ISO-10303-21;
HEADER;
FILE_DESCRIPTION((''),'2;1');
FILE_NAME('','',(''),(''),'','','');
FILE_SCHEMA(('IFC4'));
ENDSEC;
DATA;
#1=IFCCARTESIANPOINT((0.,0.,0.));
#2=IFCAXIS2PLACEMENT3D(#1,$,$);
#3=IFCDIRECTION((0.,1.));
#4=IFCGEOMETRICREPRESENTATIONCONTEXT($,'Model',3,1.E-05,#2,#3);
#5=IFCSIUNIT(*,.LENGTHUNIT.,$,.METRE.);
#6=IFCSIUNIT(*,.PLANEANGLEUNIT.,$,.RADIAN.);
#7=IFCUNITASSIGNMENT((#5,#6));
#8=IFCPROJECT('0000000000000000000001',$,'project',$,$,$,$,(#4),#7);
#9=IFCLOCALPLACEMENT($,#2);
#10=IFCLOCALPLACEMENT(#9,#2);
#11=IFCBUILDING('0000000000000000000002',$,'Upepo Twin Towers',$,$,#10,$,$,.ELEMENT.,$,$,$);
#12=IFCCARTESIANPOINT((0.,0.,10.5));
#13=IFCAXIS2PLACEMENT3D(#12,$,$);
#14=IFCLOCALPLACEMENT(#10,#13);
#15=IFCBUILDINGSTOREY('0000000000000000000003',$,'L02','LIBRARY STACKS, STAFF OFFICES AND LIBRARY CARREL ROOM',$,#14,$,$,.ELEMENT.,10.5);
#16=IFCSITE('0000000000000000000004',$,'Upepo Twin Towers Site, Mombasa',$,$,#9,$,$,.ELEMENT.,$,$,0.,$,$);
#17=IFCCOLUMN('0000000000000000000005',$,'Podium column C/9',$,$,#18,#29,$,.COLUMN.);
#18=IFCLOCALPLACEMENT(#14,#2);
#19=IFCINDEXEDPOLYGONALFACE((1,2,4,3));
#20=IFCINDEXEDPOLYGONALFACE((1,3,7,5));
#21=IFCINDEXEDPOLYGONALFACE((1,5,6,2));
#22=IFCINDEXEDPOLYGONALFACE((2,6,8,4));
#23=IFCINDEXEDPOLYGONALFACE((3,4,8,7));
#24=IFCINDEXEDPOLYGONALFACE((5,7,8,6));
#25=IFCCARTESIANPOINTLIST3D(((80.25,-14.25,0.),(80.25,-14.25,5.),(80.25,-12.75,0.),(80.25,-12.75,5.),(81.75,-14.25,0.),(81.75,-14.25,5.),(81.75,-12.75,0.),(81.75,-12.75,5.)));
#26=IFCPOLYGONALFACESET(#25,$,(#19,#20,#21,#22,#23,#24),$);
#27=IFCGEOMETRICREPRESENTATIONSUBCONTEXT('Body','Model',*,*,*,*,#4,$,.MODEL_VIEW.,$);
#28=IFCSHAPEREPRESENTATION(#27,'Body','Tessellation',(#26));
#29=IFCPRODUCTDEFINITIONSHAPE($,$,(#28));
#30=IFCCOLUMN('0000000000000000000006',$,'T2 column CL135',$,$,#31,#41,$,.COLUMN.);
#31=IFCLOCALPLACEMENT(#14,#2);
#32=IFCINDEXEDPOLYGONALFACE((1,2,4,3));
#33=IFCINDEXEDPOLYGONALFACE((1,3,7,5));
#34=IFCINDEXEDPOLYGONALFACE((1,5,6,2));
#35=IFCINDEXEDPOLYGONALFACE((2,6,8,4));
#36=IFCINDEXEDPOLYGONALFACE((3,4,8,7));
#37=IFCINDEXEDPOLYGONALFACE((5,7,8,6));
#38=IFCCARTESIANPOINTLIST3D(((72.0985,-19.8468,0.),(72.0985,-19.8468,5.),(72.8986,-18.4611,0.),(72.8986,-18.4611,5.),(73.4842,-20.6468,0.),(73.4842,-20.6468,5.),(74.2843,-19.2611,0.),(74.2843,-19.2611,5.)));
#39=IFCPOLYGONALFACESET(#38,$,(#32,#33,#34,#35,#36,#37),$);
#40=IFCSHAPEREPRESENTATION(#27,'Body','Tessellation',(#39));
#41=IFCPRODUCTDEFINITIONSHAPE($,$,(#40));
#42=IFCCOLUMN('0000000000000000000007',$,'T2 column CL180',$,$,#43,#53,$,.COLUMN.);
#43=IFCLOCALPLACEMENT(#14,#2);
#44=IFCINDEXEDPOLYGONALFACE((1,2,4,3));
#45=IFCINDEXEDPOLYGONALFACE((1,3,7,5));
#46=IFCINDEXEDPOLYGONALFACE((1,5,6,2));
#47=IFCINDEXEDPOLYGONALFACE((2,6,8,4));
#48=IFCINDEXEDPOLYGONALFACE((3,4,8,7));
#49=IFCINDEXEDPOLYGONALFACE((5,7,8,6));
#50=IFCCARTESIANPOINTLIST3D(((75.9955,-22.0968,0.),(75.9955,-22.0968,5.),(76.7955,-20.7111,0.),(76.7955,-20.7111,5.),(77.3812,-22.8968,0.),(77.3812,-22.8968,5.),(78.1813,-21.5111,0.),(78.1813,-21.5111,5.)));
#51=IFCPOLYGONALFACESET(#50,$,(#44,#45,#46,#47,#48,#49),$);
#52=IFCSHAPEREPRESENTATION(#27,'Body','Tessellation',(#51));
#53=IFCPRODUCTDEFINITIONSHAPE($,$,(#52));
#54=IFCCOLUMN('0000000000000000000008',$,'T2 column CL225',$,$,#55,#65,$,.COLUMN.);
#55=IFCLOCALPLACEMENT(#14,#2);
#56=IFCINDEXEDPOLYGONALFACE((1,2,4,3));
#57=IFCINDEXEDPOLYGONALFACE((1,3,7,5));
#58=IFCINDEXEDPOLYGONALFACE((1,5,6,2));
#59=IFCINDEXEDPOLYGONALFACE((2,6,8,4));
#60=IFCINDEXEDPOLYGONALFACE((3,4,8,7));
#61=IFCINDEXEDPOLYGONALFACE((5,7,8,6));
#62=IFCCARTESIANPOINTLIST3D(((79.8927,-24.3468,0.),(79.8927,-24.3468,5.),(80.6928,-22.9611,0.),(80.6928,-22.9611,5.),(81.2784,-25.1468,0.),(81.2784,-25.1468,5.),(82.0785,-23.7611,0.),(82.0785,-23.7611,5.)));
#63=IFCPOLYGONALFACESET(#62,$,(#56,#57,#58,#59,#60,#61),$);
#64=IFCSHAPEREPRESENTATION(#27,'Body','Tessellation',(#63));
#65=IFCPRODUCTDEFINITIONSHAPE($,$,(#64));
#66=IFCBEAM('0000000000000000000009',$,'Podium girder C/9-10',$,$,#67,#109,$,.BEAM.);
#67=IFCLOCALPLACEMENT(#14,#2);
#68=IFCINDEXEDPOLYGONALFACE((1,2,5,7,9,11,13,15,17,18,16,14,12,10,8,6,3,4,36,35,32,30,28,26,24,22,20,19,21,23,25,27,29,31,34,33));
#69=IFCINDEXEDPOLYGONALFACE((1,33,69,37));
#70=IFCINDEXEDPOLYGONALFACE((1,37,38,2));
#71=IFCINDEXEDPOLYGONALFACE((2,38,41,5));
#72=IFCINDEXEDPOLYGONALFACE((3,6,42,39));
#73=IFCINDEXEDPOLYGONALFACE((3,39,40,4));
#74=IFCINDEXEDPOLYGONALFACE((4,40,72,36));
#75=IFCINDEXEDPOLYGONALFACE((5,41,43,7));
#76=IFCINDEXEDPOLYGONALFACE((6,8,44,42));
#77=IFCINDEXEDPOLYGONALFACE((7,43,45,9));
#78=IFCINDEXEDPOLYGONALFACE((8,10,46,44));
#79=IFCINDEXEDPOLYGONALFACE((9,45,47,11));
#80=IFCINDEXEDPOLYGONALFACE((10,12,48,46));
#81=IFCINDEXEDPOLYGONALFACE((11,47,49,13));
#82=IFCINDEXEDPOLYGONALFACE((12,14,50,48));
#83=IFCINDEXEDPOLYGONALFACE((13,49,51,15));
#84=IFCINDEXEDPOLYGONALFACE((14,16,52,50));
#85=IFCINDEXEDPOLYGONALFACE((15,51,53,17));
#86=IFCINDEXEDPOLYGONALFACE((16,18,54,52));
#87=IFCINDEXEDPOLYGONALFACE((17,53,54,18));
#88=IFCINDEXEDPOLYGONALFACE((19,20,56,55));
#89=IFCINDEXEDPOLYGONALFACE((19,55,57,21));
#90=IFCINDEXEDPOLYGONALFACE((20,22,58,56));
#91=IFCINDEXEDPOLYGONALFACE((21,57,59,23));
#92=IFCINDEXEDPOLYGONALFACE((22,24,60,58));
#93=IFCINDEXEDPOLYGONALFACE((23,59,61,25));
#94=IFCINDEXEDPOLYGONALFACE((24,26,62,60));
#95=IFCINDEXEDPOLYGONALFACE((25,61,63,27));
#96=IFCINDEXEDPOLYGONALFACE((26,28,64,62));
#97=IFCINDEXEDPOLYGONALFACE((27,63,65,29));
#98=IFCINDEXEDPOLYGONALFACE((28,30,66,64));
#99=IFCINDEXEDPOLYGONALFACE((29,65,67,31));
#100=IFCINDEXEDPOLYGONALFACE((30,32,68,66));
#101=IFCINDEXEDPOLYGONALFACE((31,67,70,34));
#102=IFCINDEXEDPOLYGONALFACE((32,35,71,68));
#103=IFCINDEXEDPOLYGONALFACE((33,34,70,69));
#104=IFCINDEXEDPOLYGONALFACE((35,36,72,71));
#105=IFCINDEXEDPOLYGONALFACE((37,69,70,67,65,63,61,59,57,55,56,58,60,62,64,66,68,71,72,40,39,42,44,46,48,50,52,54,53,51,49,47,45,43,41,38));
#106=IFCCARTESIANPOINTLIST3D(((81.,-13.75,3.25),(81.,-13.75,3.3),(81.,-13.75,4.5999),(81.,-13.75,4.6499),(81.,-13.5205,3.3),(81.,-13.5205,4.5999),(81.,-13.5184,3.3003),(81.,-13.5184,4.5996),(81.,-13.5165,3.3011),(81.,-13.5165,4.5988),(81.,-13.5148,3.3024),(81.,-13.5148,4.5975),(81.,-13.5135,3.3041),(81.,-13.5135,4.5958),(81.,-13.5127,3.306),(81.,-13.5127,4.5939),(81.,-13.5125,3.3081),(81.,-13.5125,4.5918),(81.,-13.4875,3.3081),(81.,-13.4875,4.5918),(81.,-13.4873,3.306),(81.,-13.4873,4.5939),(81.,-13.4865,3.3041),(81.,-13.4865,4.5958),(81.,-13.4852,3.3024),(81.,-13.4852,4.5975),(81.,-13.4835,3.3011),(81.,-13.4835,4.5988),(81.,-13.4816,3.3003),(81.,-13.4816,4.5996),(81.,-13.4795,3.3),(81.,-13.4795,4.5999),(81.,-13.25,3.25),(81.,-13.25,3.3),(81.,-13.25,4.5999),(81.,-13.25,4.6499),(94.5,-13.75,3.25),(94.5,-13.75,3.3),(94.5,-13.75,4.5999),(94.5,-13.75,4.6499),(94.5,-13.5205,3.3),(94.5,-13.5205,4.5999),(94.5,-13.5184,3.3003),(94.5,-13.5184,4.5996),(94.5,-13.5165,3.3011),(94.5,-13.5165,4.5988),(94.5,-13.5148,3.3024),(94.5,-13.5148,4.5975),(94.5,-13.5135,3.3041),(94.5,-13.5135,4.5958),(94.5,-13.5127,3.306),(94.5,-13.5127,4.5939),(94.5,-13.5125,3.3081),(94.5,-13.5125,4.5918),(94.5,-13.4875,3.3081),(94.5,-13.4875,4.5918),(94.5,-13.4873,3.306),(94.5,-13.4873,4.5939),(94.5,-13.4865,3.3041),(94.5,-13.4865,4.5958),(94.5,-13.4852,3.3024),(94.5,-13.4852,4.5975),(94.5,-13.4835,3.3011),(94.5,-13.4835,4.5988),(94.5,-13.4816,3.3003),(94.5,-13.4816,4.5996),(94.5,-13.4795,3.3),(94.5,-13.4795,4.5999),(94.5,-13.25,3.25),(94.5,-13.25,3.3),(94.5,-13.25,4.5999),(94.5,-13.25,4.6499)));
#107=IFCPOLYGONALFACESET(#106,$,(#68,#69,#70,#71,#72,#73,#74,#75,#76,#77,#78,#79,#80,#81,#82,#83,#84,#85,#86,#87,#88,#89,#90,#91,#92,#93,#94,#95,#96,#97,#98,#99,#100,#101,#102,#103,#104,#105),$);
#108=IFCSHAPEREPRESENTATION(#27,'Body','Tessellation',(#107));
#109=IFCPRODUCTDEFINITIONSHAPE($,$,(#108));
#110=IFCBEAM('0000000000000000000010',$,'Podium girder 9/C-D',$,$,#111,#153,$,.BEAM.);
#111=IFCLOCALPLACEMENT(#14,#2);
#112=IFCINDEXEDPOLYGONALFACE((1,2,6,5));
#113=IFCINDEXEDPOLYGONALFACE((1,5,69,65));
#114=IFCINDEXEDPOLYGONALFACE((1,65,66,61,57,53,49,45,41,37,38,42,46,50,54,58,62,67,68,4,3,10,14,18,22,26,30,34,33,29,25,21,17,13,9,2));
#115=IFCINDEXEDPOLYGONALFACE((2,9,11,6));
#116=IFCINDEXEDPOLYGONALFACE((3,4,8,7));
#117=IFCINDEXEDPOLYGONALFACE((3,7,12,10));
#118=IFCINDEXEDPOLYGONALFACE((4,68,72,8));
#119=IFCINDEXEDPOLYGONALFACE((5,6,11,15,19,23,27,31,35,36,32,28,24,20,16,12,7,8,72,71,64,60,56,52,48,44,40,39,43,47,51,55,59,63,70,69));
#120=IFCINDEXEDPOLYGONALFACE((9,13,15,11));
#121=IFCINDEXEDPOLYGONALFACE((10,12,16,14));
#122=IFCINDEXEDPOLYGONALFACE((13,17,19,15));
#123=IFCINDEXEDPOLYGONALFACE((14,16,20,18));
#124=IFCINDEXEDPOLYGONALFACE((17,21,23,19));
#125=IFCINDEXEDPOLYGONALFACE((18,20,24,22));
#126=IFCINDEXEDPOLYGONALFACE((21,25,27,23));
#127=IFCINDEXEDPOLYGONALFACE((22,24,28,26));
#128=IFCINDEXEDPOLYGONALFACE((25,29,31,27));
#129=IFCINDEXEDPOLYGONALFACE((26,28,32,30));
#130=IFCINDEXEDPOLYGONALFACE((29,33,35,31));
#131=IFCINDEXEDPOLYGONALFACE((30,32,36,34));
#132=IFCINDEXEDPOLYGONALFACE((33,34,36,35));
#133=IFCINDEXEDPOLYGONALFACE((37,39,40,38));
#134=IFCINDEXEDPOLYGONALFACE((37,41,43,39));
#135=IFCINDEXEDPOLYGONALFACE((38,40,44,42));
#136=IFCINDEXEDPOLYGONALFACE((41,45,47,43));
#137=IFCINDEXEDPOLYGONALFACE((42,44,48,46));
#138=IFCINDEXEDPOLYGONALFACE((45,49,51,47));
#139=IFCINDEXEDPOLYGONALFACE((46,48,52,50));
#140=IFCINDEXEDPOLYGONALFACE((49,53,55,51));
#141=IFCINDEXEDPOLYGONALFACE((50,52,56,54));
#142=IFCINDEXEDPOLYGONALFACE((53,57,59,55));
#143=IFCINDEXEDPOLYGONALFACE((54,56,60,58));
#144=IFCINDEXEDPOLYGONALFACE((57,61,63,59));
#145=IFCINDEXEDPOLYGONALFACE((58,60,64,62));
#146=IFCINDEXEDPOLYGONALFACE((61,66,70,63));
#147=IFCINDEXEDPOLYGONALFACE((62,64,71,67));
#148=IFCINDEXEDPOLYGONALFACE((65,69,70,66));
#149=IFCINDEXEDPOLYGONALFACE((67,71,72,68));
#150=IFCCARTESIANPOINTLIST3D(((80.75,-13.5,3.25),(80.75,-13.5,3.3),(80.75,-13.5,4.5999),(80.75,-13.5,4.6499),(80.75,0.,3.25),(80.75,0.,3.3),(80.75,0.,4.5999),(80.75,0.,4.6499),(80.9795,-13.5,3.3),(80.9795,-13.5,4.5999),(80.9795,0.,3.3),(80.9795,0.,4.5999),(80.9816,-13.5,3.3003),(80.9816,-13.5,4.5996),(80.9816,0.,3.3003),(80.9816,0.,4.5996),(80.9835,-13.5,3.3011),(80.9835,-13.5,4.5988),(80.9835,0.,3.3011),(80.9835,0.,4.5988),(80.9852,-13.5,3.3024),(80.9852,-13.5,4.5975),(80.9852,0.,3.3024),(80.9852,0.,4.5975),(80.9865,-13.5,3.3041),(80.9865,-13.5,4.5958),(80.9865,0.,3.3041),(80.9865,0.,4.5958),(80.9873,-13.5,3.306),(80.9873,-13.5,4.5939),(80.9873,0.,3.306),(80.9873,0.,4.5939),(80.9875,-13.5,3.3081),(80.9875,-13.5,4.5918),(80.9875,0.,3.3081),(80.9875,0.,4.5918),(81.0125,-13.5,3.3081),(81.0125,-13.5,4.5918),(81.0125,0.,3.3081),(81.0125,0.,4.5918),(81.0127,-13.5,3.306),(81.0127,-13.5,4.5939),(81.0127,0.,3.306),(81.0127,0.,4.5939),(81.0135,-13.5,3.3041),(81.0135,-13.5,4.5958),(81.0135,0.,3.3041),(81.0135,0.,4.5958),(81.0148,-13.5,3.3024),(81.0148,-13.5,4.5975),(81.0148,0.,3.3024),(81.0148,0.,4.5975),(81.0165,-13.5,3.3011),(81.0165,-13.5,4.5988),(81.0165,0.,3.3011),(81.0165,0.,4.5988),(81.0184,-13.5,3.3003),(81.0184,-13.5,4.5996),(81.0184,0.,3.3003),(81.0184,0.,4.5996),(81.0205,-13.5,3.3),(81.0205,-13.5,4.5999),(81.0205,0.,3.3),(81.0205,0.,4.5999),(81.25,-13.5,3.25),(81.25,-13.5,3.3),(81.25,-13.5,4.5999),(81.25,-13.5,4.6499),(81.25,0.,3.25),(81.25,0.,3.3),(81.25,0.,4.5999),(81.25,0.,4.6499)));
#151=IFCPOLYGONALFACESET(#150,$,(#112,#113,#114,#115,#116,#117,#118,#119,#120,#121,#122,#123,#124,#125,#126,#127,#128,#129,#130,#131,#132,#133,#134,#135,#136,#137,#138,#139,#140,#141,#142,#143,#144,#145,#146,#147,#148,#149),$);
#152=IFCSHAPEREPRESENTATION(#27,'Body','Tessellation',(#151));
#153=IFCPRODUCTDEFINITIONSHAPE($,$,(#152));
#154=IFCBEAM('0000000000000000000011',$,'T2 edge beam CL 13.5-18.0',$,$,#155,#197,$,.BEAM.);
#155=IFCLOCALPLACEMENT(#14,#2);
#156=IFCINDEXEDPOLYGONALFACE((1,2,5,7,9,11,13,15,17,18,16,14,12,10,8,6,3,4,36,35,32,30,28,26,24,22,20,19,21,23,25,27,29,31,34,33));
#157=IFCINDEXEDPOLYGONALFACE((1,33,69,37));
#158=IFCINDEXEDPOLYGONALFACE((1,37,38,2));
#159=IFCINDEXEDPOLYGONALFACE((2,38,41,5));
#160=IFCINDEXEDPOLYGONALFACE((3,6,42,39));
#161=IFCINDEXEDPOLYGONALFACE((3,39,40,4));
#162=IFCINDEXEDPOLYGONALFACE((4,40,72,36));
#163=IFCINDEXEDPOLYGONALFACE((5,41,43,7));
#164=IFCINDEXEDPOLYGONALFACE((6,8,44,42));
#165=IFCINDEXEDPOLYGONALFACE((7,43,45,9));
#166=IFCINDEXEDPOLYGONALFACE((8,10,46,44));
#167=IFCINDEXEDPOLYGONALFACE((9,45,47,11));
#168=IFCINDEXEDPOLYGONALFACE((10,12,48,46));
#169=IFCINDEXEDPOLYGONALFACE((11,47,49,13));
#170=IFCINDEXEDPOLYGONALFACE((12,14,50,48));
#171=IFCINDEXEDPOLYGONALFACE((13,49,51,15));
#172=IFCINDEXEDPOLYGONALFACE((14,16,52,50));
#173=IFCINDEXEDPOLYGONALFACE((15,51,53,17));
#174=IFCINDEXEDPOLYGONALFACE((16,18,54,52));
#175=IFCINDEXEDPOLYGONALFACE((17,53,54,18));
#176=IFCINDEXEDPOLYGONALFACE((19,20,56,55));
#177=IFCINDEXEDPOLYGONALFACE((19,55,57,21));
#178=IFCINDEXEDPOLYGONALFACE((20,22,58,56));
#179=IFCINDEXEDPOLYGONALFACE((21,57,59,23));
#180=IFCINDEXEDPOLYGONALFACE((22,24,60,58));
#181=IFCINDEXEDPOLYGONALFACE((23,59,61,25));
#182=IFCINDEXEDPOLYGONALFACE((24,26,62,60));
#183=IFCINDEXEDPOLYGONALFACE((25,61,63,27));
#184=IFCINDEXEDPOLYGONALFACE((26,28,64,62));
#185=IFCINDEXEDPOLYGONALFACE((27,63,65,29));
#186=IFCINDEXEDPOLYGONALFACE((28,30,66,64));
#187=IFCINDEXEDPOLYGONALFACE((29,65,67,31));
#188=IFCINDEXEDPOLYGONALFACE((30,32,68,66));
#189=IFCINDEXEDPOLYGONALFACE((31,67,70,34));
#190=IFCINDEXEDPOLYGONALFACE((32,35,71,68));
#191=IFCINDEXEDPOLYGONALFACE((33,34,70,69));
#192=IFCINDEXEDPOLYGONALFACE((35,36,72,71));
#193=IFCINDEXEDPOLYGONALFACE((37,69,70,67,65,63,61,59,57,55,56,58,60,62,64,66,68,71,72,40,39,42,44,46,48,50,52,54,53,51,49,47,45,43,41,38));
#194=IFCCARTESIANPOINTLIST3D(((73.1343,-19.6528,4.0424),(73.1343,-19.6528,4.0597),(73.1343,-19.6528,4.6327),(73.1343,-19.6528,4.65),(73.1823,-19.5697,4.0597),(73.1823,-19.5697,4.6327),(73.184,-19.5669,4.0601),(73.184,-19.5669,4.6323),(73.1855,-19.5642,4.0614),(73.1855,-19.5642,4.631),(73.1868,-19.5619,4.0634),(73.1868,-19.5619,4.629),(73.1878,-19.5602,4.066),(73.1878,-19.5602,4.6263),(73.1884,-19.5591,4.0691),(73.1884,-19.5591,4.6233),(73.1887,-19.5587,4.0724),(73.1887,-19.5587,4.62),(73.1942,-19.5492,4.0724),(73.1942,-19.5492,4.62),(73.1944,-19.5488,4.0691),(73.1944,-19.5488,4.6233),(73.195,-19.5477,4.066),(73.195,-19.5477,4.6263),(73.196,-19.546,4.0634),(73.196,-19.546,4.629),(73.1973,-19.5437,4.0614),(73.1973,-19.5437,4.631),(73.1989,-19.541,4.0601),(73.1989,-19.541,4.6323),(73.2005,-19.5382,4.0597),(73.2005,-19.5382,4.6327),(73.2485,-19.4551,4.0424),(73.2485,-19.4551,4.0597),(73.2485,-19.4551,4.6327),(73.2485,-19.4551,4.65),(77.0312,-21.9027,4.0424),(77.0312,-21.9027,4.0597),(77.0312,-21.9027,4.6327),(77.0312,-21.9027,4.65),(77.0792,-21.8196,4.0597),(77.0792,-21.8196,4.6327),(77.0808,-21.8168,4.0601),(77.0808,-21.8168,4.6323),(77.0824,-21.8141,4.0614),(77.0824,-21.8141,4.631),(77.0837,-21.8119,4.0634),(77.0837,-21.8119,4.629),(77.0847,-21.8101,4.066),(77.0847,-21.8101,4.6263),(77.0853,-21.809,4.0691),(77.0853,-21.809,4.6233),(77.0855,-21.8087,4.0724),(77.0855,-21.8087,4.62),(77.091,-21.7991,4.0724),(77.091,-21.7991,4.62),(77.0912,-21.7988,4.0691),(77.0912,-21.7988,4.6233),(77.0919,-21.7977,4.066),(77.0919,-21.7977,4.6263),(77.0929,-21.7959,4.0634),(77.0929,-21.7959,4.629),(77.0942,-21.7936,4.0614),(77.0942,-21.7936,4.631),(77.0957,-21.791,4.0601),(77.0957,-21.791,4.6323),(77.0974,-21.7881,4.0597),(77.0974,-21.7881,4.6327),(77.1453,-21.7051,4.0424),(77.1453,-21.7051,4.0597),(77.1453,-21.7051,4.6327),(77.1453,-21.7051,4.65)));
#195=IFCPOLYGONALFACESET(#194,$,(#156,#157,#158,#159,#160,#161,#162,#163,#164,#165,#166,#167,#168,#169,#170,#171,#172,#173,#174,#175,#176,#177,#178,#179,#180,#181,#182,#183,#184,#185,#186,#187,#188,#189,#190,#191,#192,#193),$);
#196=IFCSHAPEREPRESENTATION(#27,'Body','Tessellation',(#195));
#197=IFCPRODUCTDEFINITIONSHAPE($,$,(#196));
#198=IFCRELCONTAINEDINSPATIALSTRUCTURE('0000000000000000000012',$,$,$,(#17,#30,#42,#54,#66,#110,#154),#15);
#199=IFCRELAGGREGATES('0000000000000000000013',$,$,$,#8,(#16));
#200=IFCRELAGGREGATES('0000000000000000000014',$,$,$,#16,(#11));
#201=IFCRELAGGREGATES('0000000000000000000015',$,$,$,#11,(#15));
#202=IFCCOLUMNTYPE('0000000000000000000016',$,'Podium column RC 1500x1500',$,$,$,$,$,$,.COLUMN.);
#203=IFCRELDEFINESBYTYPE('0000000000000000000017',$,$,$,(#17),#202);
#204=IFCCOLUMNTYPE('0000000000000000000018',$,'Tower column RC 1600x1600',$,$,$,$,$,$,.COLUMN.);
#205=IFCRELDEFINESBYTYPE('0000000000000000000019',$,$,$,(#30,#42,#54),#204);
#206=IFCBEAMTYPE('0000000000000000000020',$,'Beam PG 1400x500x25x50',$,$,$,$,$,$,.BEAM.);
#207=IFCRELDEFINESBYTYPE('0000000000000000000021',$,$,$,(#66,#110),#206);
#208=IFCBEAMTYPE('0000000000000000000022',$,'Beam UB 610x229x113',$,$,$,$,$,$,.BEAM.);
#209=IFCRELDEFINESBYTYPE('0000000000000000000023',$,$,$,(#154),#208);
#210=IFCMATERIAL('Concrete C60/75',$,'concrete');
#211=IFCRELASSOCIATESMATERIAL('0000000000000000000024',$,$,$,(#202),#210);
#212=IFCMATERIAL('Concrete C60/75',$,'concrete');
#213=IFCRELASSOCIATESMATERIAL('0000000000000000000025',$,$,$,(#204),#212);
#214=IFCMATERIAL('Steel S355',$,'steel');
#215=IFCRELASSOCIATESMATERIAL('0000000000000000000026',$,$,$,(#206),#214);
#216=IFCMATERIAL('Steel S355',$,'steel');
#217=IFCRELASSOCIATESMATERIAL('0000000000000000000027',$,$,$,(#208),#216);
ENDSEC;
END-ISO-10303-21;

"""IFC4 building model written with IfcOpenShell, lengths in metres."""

from ifc_helpers import new_model, si_unit, direction, frame, origin, origin_2d, place, context, subcontext, project, spatial, rectangle, i_section, extrude, material, material_profile, profile_set, type_object, element, save


model = new_model("IFC4")

# Units and contexts
model_context = context("Model", 3, precision=1e-05, world=origin(), true_north=direction((0.0, 1.0)))
body_context = subcontext(model_context, "Body", "Model", "MODEL_VIEW")
ifc_project = project(units=[si_unit("LENGTHUNIT", "METRE"), si_unit("PLANEANGLEUNIT", "RADIAN")], contexts=[model_context])

# Site, building, storey
site_placement = place(None, origin())
site = spatial("IfcSite", under=ifc_project, at=site_placement, Name="Upepo Twin Towers Site, Mombasa", CompositionType="ELEMENT", RefElevation=0.0)
building_placement = place(site_placement, origin())
building = spatial("IfcBuilding", under=site, at=building_placement, Name="Upepo Twin Towers", CompositionType="ELEMENT")
storey_placement = place(building_placement, frame((0.0, 0.0, 10.5)))
storey = spatial("IfcBuildingStorey", under=building, at=storey_placement, Name="L02", Description="LIBRARY STACKS, STAFF OFFICES AND LIBRARY CARREL ROOM", CompositionType="ELEMENT", Elevation=10.5)

# Columns
ifc_material_1 = material(Name="Concrete C60/75", Category="concrete")
ifc_material_profile_1 = material_profile(ifc_material_1, rectangle(XDim=1.5, YDim=1.5, at=origin_2d()), Name="RC 1500x1500")
ifc_profile_set_1 = profile_set([ifc_material_profile_1], Name="Concrete C60/75")
column_type_1 = type_object("IfcColumnType", Name="Podium column RC 1500x1500", PredefinedType="COLUMN", material=ifc_profile_set_1)
column_placement = place(storey_placement, frame((81.0, -13.5, 0.0), z_axis=(0.0, 0.0, 1.0), x_axis=(1.0, 0.0, 0.0)))
element("IfcColumn", 1, at=column_placement, inside=storey, type_object=column_type_1, Name="Podium column C/9", PredefinedType="COLUMN", context=body_context, shape_type="SweptSolid", body=[
    extrude(rectangle(XDim=1.5, YDim=1.5, at=origin_2d()), origin(), (0.0, 0.0, 1.0), 5.0),
])
ifc_material_2 = material(Name="Concrete C60/75", Category="concrete")
ifc_material_profile_2 = material_profile(ifc_material_2, rectangle(XDim=1.6001, YDim=1.6001, at=origin_2d()), Name="RC 1600x1600")
ifc_profile_set_2 = profile_set([ifc_material_profile_2], Name="Concrete C60/75")
column_type_2 = type_object("IfcColumnType", Name="Tower column RC 1600x1600", PredefinedType="COLUMN", material=ifc_profile_set_2)
for number, where, z_axis, x_axis, name in (
    (2, (73.1914, -19.554, 0.0), (0.0, 0.0, 1.0), (0.5, 0.866025, 0.0), "T2 column CL135"),
    (3, (77.0884, -21.804, 0.0), (0.0, 0.0, 1.0), (0.5, 0.866025, 0.0), "T2 column CL180"),
    (4, (80.9856, -24.054, 0.0), (0.0, 0.0, 1.0), (0.5, 0.866025, 0.0), "T2 column CL225"),
):
    element("IfcColumn", number, at=place(storey_placement, frame(where, z_axis=z_axis, x_axis=x_axis)), inside=storey, type_object=column_type_2, Name=name, PredefinedType="COLUMN", context=body_context, shape_type="SweptSolid", body=[
        extrude(rectangle(XDim=1.6001, YDim=1.6001, at=origin_2d()), origin(), (0.0, 0.0, 1.0), 5.0),
    ])

# Beams
ifc_material_3 = material(Name="Steel S355", Category="steel")
ifc_material_profile_3 = material_profile(ifc_material_3, i_section(OverallWidth=0.5, OverallDepth=1.3999, WebThickness=0.0249, FlangeThickness=0.05, FilletRadius=0.0081, at=origin_2d()), Name="PG 1400x500x25x50")
ifc_profile_set_3 = profile_set([ifc_material_profile_3], Name="Steel S355")
beam_type_1 = type_object("IfcBeamType", Name="Beam PG 1400x500x25x50", PredefinedType="BEAM", material=ifc_profile_set_3)
for number, where, z_axis, x_axis, name in (
    (5, (81.0, -13.5, 3.95), (1.0, 0.0, 0.0), (0.0, 1.0, 0.0), "Podium girder C/9-10"),
    (6, (81.0, -13.5, 3.95), (0.0, 1.0, 0.0), (-1.0, 0.0, 0.0), "Podium girder 9/C-D"),
):
    element("IfcBeam", number, at=place(storey_placement, frame(where, z_axis=z_axis, x_axis=x_axis)), inside=storey, type_object=beam_type_1, Name=name, PredefinedType="BEAM", context=body_context, shape_type="SweptSolid", body=[
        extrude(i_section(OverallWidth=0.5, OverallDepth=1.3999, WebThickness=0.0249, FlangeThickness=0.05, FilletRadius=0.0081, at=origin_2d()), origin(), (0.0, 0.0, 1.0), 13.5),
    ])
ifc_material_4 = material(Name="Steel S355", Category="steel")
ifc_material_profile_4 = material_profile(ifc_material_4, i_section(OverallWidth=0.2283, OverallDepth=0.6077, WebThickness=0.011, FlangeThickness=0.0173, FilletRadius=0.0127, at=origin_2d()), Name="UB 610x229x113")
ifc_profile_set_4 = profile_set([ifc_material_profile_4], Name="Steel S355")
beam_type_2 = type_object("IfcBeamType", Name="Beam UB 610x229x113", PredefinedType="BEAM", material=ifc_profile_set_4)
beam_1_placement = place(storey_placement, frame((73.1914, -19.554, 4.3462), z_axis=(0.866018, -0.500014, 0.0), x_axis=(0.500014, 0.866018, 0.0)))
element("IfcBeam", 7, at=beam_1_placement, inside=storey, type_object=beam_type_2, Name="T2 edge beam CL 13.5-18.0", PredefinedType="BEAM", context=body_context, shape_type="SweptSolid", body=[
    extrude(i_section(OverallWidth=0.2283, OverallDepth=0.6077, WebThickness=0.011, FlangeThickness=0.0173, FilletRadius=0.0127, at=origin_2d()), origin(), (0.0, 0.0, 1.0), 4.4998),
])

save(model, "model.ifc")
